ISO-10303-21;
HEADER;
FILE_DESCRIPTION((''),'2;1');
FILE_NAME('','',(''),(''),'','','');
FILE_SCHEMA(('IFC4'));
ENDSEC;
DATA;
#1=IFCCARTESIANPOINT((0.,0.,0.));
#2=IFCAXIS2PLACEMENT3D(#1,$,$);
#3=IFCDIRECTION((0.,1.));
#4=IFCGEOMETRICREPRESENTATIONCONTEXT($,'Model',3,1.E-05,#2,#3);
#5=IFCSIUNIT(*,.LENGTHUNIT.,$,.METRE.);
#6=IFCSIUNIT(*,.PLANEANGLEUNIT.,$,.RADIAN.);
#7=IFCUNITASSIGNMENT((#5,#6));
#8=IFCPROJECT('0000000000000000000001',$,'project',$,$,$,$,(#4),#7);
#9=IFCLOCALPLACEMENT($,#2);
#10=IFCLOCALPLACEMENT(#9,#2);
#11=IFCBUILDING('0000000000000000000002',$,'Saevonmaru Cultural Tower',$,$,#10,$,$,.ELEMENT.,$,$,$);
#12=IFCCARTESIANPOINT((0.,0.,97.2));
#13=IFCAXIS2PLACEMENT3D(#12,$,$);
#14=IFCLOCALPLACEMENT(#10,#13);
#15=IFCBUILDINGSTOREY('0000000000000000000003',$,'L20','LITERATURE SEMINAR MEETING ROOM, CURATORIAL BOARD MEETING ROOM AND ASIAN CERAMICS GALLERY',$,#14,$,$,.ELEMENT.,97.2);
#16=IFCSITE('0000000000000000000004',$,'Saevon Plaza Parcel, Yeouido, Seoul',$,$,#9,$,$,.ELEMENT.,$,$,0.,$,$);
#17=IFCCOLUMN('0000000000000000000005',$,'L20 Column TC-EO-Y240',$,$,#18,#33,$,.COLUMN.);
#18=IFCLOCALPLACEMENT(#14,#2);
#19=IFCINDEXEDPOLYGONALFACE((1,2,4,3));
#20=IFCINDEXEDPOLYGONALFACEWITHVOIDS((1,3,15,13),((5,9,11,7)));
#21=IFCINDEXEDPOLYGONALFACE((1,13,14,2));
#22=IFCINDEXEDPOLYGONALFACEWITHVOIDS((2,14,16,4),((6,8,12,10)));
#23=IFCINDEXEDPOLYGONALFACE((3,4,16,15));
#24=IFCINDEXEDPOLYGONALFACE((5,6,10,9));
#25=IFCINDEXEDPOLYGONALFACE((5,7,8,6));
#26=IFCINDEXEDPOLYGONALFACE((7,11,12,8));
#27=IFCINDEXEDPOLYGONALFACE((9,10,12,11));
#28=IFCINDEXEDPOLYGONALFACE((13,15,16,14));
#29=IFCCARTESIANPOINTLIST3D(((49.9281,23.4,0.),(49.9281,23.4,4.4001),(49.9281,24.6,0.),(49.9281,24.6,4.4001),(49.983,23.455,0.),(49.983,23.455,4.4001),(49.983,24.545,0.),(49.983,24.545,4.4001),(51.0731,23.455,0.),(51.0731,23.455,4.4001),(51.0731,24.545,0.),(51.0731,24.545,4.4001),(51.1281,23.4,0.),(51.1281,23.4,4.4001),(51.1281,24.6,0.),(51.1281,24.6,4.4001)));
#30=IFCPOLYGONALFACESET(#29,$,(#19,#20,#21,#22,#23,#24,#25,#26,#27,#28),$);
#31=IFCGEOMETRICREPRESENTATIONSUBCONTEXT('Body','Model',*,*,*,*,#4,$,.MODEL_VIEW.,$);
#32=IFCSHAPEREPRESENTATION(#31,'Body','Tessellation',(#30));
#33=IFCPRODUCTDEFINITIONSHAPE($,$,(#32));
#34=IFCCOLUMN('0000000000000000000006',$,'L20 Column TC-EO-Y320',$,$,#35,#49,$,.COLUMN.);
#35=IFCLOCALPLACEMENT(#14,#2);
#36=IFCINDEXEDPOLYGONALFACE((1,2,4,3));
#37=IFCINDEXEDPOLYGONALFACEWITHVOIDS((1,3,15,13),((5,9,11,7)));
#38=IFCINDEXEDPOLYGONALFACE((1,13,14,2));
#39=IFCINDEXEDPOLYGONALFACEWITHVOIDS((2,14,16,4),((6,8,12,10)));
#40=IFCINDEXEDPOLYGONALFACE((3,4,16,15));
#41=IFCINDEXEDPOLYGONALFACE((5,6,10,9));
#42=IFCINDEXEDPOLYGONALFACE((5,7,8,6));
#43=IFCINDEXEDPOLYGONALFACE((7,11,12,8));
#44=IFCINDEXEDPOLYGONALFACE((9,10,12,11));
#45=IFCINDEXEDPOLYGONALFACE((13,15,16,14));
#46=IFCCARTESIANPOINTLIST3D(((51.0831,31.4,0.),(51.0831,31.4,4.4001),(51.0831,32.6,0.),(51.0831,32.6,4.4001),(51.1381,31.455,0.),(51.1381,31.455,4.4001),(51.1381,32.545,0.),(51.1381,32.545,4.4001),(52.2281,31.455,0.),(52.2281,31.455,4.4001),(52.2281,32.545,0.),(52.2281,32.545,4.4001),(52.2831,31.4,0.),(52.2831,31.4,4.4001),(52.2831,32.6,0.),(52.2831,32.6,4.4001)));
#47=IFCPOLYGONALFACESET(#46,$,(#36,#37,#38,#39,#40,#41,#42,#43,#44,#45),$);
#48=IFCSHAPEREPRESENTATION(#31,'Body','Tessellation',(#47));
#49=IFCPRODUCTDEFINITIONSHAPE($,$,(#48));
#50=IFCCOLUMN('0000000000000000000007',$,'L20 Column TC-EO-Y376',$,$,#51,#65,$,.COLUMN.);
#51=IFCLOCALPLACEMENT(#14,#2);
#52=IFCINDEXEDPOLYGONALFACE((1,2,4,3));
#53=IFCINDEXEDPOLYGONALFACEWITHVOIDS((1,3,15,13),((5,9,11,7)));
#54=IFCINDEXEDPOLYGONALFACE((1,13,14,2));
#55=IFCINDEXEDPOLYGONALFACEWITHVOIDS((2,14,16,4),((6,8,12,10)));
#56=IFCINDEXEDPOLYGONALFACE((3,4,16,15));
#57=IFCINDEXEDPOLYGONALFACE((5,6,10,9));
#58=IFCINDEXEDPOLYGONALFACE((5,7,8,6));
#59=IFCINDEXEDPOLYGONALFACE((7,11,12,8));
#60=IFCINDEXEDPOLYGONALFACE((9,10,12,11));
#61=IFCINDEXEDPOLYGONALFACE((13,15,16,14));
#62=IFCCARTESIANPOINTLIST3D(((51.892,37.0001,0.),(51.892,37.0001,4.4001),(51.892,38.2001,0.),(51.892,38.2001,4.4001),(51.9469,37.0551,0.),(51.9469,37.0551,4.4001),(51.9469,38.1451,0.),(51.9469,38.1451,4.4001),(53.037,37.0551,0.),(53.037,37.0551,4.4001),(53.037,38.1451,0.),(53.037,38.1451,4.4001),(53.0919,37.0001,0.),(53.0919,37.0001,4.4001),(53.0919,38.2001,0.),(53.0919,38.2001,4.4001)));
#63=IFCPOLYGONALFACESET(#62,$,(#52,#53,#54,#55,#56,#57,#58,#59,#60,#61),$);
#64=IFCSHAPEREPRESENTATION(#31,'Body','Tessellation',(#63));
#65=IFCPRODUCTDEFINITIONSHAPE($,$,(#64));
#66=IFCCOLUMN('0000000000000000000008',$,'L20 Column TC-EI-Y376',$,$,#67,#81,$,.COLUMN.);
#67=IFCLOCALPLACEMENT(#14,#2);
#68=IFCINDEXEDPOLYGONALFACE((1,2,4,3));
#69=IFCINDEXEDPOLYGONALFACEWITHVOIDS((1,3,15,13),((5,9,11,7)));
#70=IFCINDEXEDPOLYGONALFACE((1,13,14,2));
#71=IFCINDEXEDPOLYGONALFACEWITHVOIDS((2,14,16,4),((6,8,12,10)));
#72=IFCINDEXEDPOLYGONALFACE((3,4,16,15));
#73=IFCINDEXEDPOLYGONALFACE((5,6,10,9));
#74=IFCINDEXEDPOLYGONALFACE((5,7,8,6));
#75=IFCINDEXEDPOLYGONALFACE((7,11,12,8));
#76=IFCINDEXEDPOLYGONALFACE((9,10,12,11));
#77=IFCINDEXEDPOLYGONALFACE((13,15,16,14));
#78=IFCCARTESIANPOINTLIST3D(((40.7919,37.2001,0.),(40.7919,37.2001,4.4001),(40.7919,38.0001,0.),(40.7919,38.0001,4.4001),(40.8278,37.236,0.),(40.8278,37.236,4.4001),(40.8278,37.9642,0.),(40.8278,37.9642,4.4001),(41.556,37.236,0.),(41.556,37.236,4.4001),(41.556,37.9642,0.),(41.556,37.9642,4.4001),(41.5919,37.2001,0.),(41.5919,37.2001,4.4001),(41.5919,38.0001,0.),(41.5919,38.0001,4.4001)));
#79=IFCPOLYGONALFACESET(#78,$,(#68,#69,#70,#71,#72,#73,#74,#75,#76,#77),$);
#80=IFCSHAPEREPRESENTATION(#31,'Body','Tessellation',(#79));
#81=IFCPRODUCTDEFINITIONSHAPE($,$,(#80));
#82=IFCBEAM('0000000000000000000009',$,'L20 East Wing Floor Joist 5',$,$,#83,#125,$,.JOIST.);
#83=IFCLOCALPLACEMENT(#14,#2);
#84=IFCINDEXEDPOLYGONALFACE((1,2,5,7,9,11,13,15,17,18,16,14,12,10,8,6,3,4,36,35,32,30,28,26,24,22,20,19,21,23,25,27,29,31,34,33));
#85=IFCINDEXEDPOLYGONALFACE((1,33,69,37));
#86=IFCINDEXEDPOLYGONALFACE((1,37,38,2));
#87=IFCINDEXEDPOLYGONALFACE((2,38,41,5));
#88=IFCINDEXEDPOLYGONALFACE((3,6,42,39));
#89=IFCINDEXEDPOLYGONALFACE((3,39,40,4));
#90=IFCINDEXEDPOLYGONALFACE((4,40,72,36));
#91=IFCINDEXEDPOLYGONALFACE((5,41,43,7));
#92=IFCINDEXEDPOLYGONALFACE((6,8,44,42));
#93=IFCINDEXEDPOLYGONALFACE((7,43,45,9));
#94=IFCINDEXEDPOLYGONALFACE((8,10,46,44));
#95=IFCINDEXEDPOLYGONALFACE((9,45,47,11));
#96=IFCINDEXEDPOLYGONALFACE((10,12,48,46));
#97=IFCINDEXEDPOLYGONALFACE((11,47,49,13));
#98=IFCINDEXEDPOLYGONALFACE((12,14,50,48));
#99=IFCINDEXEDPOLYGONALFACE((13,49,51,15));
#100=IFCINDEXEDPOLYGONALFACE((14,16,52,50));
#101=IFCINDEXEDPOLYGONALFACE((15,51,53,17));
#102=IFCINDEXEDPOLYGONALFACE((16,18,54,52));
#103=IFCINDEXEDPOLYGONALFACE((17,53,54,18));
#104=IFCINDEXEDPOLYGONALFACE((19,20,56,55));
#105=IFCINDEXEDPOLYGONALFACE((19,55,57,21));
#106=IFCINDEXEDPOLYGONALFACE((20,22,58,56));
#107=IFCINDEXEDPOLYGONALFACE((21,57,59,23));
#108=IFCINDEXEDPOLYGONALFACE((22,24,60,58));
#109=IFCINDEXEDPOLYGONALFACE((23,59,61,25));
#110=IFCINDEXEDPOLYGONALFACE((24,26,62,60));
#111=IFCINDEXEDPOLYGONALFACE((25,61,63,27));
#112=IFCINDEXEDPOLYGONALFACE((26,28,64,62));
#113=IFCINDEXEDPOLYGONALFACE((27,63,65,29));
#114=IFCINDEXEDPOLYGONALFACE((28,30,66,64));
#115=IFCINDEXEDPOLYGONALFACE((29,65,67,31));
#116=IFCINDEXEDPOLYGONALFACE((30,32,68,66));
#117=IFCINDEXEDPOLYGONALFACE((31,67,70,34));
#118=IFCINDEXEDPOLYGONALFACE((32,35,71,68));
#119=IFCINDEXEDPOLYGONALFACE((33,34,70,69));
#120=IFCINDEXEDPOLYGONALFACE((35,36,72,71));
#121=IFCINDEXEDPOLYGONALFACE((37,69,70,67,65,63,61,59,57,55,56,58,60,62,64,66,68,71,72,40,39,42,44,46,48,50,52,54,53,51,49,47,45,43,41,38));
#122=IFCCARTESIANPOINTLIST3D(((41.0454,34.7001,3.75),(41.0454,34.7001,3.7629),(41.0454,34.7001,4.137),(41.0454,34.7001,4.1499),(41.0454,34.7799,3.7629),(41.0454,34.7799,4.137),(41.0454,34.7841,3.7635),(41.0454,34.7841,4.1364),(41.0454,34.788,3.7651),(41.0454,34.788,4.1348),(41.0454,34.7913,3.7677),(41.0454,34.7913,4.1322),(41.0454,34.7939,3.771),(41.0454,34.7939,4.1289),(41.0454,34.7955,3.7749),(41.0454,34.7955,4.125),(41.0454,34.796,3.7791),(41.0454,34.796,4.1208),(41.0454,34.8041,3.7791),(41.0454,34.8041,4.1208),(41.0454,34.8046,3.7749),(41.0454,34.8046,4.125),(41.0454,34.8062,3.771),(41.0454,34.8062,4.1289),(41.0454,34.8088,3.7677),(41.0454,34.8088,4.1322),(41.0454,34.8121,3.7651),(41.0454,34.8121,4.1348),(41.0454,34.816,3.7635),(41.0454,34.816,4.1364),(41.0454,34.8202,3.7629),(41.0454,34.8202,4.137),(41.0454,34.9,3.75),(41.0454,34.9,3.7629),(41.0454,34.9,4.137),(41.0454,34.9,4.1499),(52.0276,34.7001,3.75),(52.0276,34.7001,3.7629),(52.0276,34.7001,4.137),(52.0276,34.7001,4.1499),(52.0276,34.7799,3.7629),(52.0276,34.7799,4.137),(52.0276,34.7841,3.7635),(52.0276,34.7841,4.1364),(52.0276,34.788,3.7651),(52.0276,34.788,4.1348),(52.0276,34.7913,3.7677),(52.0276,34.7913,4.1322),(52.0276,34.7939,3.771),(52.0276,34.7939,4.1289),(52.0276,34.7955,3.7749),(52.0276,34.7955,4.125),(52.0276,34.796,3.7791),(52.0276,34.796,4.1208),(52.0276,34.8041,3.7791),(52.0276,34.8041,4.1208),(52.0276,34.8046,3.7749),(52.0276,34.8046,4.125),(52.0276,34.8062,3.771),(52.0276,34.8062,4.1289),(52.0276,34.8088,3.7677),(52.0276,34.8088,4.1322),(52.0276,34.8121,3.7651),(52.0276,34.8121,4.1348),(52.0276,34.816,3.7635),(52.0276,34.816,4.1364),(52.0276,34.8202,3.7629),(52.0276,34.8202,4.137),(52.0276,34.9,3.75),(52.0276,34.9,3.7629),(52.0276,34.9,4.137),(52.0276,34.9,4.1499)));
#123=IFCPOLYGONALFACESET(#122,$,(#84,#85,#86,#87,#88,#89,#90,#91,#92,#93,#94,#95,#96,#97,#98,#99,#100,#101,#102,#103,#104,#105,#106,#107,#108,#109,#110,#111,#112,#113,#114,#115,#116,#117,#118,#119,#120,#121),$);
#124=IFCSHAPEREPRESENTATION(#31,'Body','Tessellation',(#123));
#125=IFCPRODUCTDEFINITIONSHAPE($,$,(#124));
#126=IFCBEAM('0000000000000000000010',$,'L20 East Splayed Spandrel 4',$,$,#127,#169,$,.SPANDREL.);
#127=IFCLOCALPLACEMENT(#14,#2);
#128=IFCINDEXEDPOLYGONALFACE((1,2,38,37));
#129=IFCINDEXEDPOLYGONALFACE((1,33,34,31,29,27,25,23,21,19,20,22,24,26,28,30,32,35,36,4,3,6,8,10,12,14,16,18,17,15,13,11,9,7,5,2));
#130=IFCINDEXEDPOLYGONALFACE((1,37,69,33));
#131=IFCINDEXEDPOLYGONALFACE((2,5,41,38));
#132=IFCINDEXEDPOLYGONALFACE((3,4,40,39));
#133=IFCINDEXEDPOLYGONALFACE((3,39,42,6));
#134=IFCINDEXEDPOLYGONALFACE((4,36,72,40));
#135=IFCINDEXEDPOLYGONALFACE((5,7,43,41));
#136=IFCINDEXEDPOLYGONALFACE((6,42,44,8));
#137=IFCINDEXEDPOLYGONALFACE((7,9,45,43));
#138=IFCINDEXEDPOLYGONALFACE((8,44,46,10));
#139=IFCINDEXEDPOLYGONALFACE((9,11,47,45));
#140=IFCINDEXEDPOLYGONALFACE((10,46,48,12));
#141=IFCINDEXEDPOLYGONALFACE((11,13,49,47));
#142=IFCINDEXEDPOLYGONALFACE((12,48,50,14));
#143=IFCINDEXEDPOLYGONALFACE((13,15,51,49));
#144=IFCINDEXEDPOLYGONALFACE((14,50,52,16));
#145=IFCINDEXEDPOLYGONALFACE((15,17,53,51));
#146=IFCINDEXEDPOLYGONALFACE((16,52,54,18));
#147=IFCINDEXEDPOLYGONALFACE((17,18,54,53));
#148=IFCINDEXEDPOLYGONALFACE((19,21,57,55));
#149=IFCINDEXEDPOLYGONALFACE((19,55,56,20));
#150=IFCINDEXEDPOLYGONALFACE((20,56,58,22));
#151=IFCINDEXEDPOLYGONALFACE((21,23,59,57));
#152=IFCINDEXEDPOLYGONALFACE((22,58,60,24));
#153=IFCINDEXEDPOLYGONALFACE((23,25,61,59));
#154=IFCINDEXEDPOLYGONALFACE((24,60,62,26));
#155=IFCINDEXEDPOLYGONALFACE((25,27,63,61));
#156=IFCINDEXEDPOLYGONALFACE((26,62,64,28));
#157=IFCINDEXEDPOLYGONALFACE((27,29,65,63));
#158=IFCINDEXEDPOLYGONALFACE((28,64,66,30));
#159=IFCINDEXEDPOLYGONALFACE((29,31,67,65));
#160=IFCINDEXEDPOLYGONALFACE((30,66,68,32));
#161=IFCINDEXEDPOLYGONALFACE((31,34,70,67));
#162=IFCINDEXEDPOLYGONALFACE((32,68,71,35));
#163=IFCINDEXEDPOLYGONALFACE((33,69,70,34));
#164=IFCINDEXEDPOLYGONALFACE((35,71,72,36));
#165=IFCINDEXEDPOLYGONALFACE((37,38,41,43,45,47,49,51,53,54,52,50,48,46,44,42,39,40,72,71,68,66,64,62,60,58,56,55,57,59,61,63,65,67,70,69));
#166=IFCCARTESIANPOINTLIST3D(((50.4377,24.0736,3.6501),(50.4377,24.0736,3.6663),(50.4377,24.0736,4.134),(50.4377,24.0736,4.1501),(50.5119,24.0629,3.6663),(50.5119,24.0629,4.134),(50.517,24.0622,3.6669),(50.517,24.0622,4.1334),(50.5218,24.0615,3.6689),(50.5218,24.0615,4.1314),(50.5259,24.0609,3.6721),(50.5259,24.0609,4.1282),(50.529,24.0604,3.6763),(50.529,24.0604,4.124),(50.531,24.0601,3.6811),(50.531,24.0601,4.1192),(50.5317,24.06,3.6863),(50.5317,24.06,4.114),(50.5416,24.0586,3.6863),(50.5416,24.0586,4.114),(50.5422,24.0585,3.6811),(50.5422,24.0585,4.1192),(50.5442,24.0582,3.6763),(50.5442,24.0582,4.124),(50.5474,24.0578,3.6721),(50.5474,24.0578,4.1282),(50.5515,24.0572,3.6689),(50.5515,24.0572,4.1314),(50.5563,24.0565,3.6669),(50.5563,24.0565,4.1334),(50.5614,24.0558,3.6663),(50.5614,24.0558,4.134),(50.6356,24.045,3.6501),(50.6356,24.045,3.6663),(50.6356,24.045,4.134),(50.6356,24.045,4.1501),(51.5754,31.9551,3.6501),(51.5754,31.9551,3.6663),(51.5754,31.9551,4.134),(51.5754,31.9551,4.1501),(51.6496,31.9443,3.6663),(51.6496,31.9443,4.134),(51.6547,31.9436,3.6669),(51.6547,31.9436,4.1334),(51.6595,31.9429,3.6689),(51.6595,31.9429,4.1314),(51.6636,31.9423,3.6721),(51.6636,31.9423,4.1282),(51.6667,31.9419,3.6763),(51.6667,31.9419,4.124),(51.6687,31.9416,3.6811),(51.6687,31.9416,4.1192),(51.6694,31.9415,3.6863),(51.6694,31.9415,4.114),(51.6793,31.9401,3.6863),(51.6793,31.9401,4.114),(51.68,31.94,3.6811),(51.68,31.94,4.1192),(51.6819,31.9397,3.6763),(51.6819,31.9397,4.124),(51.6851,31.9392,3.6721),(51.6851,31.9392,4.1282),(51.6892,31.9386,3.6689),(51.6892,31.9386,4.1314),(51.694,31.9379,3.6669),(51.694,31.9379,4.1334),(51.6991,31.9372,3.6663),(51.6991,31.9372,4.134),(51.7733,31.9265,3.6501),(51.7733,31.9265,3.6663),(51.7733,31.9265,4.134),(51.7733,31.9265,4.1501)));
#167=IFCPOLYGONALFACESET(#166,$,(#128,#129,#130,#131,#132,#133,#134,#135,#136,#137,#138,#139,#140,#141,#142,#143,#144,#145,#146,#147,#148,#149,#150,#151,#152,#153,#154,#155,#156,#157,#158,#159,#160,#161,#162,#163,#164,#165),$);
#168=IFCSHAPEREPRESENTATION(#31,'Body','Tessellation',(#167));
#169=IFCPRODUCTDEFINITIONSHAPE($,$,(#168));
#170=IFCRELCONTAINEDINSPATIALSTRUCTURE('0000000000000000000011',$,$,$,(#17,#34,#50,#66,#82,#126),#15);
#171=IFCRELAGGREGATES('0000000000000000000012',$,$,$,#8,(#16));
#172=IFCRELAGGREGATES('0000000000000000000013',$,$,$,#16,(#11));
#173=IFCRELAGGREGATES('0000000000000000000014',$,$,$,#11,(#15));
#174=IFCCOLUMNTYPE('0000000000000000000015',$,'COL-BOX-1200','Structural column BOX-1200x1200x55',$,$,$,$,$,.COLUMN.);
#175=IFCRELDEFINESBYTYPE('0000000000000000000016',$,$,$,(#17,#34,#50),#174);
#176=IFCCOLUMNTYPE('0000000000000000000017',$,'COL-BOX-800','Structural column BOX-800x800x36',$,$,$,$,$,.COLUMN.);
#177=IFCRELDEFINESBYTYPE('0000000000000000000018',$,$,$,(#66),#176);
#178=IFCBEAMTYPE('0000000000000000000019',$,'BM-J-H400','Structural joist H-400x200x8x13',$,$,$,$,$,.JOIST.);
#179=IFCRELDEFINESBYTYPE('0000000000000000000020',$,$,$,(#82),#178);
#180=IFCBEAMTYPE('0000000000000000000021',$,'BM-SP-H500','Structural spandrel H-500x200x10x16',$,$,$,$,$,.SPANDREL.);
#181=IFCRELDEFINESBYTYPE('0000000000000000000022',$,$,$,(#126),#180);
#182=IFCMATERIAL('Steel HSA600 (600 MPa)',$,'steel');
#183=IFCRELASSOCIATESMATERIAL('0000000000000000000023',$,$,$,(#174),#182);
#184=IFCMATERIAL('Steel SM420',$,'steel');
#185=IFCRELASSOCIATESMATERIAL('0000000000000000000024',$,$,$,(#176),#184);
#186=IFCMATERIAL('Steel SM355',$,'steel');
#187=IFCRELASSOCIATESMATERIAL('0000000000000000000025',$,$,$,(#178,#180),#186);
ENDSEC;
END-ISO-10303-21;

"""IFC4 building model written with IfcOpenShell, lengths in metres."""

from ifc_helpers import new_model, si_unit, direction, frame, origin, origin_2d, place, context, subcontext, project, spatial, hollow_rectangle, i_section, extrude, material, material_profile, profile_set, type_object, element, save


model = new_model("IFC4")

# Units and contexts
model_context = context("Model", 3, precision=1e-05, world=origin(), true_north=direction((0.0, 1.0)))
body_context = subcontext(model_context, "Body", "Model", "MODEL_VIEW")
ifc_project = project(units=[si_unit("LENGTHUNIT", "METRE"), si_unit("PLANEANGLEUNIT", "RADIAN")], contexts=[model_context])

# Site, building, storey
site_placement = place(None, origin())
site = spatial("IfcSite", under=ifc_project, at=site_placement, Name="Saevon Plaza Parcel, Yeouido, Seoul", CompositionType="ELEMENT", RefElevation=0.0)
building_placement = place(site_placement, origin())
building = spatial("IfcBuilding", under=site, at=building_placement, Name="Saevonmaru Cultural Tower", CompositionType="ELEMENT")
storey_placement = place(building_placement, frame((0.0, 0.0, 97.2)))
storey = spatial("IfcBuildingStorey", under=building, at=storey_placement, Name="L20", Description="LITERATURE SEMINAR MEETING ROOM, CURATORIAL BOARD MEETING ROOM AND ASIAN CERAMICS GALLERY", CompositionType="ELEMENT", Elevation=97.2)

# Columns
ifc_material_1 = material(Name="Steel HSA600 (600 MPa)", Category="steel")
ifc_material_profile_1 = material_profile(ifc_material_1, hollow_rectangle(XDim=1.2, YDim=1.2, WallThickness=0.0549, at=origin_2d()), Name="BOX-1200x1200x55")
ifc_profile_set_1 = profile_set([ifc_material_profile_1], Name="Steel HSA600 (600 MPa)")
column_type_1 = type_object("IfcColumnType", Name="COL-BOX-1200", Description="Structural column BOX-1200x1200x55", PredefinedType="COLUMN", material=ifc_profile_set_1)
for number, where, z_axis, x_axis, name in (
    (1, (50.5281, 24.0, 0.0), (0.0, 0.0, 1.0), (1.0, 0.0, 0.0), "L20 Column TC-EO-Y240"),
    (2, (51.6831, 32.0, 0.0), (0.0, 0.0, 1.0), (1.0, 0.0, 0.0), "L20 Column TC-EO-Y320"),
    (3, (52.4919, 37.6001, 0.0), (0.0, 0.0, 1.0), (1.0, 0.0, 0.0), "L20 Column TC-EO-Y376"),
):
    element("IfcColumn", number, at=place(storey_placement, frame(where, z_axis=z_axis, x_axis=x_axis)), inside=storey, type_object=column_type_1, Name=name, PredefinedType="COLUMN", context=body_context, shape_type="SweptSolid", body=[
        extrude(hollow_rectangle(XDim=1.2, YDim=1.2, WallThickness=0.0549, at=origin_2d()), origin(), (0.0, 0.0, 1.0), 4.4001),
    ])
ifc_material_2 = material(Name="Steel SM420", Category="steel")
ifc_material_profile_2 = material_profile(ifc_material_2, hollow_rectangle(XDim=0.8, YDim=0.8, WallThickness=0.0359, at=origin_2d()), Name="BOX-800x800x36")
ifc_profile_set_2 = profile_set([ifc_material_profile_2], Name="Steel SM420")
column_type_2 = type_object("IfcColumnType", Name="COL-BOX-800", Description="Structural column BOX-800x800x36", PredefinedType="COLUMN", material=ifc_profile_set_2)
column_placement = place(storey_placement, frame((41.1919, 37.6001, 0.0), z_axis=(0.0, 0.0, 1.0), x_axis=(1.0, 0.0, 0.0)))
element("IfcColumn", 4, at=column_placement, inside=storey, type_object=column_type_2, Name="L20 Column TC-EI-Y376", PredefinedType="COLUMN", context=body_context, shape_type="SweptSolid", body=[
    extrude(hollow_rectangle(XDim=0.8, YDim=0.8, WallThickness=0.0359, at=origin_2d()), origin(), (0.0, 0.0, 1.0), 4.4001),
])

# Beams
ifc_material_3 = material(Name="Steel SM355", Category="steel")
ifc_material_profile_3 = material_profile(ifc_material_3, i_section(OverallWidth=0.2, OverallDepth=0.3999, WebThickness=0.0081, FlangeThickness=0.0129, FilletRadius=0.0161, at=origin_2d()), Name="H-400x200x8x13")
ifc_profile_set_3 = profile_set([ifc_material_profile_3], Name="Steel SM355")
beam_type_1 = type_object("IfcBeamType", Name="BM-J-H400", Description="Structural joist H-400x200x8x13", PredefinedType="JOIST", material=ifc_profile_set_3)
beam_1_placement = place(storey_placement, frame((41.0454, 34.8, 3.95), z_axis=(1.0, 0.0, 0.0), x_axis=(0.0, 1.0, 0.0)))
element("IfcBeam", 5, at=beam_1_placement, inside=storey, type_object=beam_type_1, Name="L20 East Wing Floor Joist 5", PredefinedType="JOIST", context=body_context, shape_type="SweptSolid", body=[
    extrude(i_section(OverallWidth=0.2, OverallDepth=0.3999, WebThickness=0.0081, FlangeThickness=0.0129, FilletRadius=0.0161, at=origin_2d()), origin(), (0.0, 0.0, 1.0), 10.9822),
])
ifc_material_profile_4 = material_profile(ifc_material_3, i_section(OverallWidth=0.2, OverallDepth=0.5, WebThickness=0.01, FlangeThickness=0.0161, FilletRadius=0.02, at=origin_2d()), Name="H-500x200x10x16")
ifc_profile_set_4 = profile_set([ifc_material_profile_4], Name="Steel SM355")
beam_type_2 = type_object("IfcBeamType", Name="BM-SP-H500", Description="Structural spandrel H-500x200x10x16", PredefinedType="SPANDREL", material=ifc_profile_set_4)
beam_2_placement = place(storey_placement, frame((50.5366, 24.0593, 3.9001), z_axis=(0.142872, 0.989741, 0.0), x_axis=(-0.989741, 0.142872, 0.0)))
element("IfcBeam", 6, at=beam_2_placement, inside=storey, type_object=beam_type_2, Name="L20 East Splayed Spandrel 4", PredefinedType="SPANDREL", context=body_context, shape_type="SweptSolid", body=[
    extrude(i_section(OverallWidth=0.2, OverallDepth=0.5, WebThickness=0.01, FlangeThickness=0.0161, FilletRadius=0.02, at=origin_2d()), origin(), (0.0, 0.0, 1.0), 7.9631),
])

save(model, "model.ifc")
